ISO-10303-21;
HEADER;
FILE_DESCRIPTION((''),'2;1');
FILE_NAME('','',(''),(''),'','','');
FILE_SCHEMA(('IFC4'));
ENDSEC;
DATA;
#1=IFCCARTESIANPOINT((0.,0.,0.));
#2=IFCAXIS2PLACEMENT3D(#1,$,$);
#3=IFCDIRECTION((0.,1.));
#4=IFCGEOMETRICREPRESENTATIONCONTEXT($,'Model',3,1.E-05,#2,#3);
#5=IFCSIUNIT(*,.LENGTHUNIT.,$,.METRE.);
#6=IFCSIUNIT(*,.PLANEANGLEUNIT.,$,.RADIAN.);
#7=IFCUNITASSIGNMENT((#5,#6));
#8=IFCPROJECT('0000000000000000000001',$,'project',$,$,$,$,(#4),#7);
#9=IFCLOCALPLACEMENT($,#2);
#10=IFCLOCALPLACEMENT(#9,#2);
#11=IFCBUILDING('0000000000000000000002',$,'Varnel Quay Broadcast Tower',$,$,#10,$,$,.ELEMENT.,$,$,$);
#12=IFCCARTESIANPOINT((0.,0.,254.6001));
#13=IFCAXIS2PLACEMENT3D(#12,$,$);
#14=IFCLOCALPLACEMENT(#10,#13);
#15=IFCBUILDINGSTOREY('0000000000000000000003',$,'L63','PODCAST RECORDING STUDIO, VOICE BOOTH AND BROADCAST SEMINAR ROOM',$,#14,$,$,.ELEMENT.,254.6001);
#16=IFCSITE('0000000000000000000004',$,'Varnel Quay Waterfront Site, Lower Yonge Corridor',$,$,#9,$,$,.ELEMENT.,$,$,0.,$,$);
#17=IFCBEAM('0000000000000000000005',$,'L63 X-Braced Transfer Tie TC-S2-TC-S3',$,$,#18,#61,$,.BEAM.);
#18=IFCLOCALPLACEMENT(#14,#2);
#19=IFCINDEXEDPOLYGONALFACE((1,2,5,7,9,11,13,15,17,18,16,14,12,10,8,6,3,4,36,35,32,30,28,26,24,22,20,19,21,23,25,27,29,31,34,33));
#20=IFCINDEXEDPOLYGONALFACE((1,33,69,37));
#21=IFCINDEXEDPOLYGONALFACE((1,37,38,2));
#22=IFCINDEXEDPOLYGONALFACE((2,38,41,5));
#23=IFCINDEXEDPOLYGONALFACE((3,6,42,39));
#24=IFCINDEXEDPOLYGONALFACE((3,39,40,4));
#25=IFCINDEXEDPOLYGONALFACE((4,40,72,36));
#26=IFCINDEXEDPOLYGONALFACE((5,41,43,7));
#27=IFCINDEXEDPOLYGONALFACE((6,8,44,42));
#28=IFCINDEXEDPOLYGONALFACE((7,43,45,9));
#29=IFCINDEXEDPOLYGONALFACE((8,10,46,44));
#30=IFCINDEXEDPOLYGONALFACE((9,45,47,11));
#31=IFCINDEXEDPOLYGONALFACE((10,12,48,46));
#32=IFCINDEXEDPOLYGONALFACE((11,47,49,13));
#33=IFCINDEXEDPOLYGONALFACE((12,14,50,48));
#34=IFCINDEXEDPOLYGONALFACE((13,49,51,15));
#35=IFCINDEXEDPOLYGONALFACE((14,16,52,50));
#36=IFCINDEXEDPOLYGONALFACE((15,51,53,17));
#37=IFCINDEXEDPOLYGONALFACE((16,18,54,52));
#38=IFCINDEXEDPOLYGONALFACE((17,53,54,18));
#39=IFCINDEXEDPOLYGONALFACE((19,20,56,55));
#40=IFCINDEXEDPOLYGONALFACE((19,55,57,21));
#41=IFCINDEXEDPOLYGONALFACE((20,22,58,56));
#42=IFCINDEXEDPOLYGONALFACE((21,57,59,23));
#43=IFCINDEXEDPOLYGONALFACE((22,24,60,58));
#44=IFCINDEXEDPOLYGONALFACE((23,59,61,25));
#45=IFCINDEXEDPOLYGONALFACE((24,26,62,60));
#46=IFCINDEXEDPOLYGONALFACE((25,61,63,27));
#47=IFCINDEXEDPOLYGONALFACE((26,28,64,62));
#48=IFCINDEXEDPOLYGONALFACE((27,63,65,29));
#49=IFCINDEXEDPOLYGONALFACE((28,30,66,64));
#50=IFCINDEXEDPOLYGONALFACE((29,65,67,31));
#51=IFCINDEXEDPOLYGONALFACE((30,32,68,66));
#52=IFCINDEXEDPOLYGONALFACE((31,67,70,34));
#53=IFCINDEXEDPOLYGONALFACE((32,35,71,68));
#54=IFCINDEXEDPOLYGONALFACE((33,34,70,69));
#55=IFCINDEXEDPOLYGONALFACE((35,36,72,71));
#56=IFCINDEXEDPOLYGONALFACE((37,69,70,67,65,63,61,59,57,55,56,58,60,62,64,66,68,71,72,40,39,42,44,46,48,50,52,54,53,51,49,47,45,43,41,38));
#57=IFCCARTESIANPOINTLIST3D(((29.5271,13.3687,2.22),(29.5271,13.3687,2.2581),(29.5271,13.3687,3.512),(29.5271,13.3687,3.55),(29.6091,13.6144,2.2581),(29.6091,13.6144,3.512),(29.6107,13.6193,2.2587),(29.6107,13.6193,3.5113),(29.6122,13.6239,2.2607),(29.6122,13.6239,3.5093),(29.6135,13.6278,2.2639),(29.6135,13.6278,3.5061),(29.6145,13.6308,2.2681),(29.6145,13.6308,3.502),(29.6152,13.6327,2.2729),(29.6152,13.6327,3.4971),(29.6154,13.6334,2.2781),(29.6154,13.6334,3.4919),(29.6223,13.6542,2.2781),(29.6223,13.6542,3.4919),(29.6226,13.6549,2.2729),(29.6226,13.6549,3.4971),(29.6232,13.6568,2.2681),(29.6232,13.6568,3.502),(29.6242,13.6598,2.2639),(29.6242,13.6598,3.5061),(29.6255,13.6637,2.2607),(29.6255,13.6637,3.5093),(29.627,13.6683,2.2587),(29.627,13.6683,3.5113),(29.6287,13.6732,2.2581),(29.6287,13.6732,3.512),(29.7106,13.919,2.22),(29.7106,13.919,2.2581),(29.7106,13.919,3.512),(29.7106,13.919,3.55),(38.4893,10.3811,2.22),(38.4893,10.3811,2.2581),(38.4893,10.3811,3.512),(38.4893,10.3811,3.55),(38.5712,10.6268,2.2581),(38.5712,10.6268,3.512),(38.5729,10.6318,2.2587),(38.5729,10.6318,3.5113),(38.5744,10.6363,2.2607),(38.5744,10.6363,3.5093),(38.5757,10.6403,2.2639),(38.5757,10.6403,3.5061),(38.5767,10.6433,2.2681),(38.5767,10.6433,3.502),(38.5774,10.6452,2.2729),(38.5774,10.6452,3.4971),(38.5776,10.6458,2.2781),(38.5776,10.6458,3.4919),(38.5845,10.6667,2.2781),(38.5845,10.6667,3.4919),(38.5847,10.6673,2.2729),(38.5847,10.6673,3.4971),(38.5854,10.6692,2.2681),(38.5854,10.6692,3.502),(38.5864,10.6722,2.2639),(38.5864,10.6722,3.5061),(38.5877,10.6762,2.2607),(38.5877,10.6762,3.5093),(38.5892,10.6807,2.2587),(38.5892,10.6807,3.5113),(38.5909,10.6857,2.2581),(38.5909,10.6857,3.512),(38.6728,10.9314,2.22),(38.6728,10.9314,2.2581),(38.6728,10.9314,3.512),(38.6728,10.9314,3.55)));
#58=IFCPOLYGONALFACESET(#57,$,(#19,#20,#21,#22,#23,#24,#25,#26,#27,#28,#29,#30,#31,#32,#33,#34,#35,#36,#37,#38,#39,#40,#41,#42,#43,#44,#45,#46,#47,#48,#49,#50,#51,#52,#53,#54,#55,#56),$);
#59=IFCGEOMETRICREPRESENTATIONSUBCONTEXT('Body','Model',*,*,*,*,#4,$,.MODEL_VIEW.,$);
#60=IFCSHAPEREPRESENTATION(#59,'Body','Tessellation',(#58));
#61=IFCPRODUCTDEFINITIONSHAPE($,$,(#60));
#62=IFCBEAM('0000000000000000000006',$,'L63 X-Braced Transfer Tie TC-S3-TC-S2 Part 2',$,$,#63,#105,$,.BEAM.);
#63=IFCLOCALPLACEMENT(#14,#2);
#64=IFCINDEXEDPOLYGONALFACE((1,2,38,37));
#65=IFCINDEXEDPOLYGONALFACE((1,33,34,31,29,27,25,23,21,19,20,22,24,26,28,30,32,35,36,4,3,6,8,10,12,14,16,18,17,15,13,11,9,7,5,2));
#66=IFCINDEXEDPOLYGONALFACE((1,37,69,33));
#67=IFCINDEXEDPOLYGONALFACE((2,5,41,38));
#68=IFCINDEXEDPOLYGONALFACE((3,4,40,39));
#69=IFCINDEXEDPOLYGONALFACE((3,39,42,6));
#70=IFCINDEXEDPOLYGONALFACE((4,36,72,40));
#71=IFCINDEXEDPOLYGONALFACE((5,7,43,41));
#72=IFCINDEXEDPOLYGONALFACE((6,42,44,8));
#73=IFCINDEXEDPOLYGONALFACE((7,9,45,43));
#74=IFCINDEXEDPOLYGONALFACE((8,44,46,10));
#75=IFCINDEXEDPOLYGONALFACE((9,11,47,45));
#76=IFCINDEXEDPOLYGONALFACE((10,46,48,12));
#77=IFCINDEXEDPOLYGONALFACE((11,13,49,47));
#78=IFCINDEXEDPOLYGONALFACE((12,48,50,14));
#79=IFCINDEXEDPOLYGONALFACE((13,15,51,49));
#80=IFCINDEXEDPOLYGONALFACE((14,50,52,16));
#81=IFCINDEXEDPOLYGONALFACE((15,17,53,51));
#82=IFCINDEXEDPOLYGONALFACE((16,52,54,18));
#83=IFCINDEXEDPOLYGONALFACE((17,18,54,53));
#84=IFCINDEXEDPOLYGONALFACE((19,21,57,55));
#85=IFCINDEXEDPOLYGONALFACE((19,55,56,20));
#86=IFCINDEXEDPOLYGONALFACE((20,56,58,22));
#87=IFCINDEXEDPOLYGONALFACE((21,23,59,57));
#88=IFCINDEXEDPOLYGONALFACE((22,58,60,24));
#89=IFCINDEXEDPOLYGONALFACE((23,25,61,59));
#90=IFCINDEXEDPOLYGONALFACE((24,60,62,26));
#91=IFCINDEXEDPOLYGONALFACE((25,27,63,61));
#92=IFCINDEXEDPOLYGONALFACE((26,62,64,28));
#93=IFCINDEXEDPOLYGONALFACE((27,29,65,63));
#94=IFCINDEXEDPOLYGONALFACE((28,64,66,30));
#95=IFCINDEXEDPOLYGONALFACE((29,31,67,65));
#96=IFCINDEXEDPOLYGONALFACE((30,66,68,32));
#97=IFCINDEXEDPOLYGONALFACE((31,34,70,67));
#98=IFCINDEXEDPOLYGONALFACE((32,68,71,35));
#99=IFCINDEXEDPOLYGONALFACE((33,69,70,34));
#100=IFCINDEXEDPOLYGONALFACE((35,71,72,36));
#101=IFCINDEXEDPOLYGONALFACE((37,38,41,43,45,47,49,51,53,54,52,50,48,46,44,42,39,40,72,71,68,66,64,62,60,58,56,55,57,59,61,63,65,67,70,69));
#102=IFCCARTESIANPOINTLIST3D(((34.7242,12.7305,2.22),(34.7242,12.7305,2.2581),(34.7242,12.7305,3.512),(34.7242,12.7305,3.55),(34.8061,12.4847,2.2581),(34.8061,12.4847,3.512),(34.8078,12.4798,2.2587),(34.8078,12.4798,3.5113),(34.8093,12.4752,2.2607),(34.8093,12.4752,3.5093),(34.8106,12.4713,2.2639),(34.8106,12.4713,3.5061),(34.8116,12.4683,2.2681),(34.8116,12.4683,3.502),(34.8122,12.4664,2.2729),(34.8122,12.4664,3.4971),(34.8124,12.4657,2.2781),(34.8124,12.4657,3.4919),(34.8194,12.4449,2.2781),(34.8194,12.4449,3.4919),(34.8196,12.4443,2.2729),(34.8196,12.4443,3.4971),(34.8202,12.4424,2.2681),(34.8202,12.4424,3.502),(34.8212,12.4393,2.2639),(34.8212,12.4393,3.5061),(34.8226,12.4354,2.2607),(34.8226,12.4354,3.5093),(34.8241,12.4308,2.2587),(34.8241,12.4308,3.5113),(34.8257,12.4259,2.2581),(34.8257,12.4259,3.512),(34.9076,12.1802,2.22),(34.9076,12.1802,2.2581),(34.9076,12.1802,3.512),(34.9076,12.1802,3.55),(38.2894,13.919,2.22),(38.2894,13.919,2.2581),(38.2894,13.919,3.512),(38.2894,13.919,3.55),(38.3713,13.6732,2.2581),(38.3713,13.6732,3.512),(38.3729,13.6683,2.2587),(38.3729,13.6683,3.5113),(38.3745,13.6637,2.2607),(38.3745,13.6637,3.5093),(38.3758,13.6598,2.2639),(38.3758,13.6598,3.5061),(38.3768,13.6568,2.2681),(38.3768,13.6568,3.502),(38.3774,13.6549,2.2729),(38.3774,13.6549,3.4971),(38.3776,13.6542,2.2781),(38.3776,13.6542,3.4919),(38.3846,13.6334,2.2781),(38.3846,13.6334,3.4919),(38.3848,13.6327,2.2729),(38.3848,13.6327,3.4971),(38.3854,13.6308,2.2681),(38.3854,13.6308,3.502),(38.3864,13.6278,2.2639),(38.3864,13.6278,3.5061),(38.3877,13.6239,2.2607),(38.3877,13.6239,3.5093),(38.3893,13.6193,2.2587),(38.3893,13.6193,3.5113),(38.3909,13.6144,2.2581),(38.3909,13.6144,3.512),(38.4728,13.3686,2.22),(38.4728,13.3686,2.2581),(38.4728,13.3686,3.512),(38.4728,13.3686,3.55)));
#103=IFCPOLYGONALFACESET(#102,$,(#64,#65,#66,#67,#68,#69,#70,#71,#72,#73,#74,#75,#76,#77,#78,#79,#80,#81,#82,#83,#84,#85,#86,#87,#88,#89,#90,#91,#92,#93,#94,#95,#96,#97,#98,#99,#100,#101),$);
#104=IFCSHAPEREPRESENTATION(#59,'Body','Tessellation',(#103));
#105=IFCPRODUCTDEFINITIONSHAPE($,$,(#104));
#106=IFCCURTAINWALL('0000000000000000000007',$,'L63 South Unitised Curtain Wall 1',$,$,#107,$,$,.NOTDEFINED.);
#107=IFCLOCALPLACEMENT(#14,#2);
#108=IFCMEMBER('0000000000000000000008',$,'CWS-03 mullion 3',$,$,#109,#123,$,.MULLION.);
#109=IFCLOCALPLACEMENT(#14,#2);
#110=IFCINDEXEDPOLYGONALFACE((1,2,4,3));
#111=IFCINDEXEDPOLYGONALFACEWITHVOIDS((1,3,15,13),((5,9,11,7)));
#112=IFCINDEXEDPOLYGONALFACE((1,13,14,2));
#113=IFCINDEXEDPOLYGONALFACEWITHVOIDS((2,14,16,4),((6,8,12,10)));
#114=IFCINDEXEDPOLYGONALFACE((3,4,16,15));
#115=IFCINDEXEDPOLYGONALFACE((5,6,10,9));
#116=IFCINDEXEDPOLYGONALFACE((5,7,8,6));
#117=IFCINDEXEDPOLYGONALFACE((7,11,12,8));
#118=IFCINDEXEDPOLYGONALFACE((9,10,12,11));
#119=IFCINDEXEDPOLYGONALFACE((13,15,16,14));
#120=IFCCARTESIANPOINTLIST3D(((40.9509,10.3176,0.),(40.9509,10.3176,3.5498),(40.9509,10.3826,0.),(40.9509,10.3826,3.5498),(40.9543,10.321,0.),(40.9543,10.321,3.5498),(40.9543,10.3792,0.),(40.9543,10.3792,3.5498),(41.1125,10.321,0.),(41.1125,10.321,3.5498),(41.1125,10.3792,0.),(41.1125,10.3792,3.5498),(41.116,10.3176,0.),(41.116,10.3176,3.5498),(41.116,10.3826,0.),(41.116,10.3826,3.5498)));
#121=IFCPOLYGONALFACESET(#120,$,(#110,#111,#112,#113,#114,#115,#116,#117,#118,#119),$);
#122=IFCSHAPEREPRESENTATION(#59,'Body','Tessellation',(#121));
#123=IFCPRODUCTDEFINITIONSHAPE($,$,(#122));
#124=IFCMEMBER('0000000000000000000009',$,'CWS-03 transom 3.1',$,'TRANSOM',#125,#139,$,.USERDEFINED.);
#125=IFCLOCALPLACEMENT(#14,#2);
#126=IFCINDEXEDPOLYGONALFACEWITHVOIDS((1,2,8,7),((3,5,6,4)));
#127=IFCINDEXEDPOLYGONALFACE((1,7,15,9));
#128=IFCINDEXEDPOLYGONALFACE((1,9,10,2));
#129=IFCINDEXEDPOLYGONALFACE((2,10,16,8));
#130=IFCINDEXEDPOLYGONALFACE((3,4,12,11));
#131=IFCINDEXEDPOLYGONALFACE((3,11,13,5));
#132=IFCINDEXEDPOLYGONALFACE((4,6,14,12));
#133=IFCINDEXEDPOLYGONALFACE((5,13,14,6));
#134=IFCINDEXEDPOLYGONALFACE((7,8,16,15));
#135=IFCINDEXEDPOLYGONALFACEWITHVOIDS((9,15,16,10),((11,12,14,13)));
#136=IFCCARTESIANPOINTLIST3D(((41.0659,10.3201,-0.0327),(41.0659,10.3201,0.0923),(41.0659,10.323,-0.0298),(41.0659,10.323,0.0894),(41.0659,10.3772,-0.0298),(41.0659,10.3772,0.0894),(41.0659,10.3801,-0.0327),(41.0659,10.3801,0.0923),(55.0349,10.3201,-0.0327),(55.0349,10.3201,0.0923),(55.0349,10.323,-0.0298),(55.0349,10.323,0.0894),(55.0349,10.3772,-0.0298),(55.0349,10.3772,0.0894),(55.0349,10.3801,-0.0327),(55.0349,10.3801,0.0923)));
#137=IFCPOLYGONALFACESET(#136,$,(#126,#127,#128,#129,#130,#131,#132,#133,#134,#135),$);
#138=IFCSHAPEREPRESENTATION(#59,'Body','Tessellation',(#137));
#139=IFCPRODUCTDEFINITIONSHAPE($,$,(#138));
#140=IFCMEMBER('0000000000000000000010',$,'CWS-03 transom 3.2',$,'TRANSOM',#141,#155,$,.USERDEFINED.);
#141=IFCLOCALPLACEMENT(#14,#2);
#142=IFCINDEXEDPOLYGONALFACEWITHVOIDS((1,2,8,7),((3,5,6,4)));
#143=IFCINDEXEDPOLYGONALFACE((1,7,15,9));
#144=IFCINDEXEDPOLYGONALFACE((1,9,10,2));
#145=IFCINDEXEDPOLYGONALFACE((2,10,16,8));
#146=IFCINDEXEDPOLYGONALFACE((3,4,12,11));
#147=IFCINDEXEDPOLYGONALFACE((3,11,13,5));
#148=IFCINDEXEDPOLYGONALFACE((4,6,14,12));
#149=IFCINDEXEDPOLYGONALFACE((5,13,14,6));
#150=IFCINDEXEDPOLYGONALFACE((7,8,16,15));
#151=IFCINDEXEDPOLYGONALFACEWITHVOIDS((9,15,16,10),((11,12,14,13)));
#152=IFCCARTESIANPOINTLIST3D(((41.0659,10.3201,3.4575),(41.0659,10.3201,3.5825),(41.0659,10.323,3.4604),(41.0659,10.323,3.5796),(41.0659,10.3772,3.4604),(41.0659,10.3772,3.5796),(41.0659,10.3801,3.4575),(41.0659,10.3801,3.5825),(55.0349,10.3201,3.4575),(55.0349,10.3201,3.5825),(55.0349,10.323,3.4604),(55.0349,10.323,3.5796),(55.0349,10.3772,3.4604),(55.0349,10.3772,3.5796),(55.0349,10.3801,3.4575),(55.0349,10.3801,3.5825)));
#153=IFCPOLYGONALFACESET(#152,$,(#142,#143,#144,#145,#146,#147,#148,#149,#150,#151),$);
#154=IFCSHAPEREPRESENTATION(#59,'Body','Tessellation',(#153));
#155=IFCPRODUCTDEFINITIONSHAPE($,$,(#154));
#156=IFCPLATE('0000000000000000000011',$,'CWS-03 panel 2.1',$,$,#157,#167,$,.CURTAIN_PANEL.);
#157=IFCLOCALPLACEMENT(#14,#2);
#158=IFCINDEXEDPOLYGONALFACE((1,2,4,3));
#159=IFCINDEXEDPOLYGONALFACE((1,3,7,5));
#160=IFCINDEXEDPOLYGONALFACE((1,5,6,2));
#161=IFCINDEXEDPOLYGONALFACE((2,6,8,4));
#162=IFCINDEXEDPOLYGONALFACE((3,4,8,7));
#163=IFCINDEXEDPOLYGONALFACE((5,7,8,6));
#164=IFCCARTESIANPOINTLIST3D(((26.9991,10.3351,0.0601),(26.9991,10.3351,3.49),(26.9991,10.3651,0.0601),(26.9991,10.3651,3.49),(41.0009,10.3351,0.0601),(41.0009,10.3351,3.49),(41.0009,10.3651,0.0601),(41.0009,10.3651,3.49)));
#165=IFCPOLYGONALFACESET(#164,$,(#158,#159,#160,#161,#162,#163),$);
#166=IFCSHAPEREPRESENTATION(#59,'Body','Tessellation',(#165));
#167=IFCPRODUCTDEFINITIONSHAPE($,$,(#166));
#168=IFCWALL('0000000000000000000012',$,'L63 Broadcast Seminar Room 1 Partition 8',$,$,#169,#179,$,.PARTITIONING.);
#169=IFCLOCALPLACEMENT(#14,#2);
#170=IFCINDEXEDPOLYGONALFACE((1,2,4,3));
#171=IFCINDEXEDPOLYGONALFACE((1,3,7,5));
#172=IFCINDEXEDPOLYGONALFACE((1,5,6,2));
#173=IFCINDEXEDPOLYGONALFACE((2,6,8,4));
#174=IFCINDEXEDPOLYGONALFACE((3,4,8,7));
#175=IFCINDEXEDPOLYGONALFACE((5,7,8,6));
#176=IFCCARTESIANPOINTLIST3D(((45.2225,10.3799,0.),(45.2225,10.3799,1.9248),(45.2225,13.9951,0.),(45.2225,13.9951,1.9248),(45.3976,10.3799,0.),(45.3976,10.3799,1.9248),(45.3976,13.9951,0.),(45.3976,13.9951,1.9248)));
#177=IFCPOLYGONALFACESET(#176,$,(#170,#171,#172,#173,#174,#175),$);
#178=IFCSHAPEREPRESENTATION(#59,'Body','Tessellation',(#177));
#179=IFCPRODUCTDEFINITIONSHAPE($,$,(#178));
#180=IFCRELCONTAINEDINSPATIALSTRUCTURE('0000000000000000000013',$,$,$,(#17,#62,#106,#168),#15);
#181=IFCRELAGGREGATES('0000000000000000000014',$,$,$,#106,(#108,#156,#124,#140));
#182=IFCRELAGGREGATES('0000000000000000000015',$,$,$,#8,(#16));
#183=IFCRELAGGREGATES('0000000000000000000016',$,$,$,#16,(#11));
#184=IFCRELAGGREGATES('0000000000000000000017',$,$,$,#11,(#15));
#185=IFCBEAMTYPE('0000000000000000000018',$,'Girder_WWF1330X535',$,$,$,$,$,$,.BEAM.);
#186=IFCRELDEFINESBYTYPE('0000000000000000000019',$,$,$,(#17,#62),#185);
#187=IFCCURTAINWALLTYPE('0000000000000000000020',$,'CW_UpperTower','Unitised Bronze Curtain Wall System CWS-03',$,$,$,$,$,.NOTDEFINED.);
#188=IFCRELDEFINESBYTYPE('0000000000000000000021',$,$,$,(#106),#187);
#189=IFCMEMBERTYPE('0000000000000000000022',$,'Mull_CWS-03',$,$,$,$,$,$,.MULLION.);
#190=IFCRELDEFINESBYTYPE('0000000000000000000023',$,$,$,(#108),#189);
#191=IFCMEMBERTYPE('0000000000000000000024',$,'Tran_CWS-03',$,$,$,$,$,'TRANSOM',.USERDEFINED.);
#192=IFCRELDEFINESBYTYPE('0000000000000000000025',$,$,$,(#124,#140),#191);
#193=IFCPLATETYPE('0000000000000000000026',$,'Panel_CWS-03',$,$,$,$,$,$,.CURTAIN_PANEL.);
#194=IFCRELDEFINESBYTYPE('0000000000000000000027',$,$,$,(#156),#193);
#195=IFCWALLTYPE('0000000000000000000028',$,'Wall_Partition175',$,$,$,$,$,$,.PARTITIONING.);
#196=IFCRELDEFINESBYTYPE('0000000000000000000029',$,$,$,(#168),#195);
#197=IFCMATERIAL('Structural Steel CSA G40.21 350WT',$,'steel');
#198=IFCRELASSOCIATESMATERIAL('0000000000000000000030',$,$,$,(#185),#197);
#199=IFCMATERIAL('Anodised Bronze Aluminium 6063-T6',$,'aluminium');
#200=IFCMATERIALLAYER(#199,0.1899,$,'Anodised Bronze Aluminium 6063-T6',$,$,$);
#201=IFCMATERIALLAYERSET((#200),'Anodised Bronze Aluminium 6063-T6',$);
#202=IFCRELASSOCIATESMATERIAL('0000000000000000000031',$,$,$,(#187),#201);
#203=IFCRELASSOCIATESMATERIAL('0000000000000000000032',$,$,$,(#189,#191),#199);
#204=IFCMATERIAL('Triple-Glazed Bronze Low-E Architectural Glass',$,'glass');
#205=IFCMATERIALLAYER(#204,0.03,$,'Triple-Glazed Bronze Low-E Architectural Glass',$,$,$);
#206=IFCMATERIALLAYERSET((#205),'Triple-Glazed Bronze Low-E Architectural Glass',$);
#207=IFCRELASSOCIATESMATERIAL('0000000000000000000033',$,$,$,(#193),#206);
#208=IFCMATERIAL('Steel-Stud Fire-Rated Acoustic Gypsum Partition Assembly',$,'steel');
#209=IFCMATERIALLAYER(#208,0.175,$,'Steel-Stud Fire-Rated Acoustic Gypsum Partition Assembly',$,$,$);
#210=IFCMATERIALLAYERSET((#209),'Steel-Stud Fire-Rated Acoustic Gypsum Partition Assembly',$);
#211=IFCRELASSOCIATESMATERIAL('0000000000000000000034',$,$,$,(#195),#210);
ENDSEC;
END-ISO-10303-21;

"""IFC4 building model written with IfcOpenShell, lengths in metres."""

from ifc_helpers import new_model, si_unit, direction, frame, frame_2d, origin, origin_2d, place, context, subcontext, project, spatial, rectangle, hollow_rectangle, i_section, extrude, source, transform, mapped, material, layer, layer_set, material_profile, profile_set, type_object, type_shapes, element, aggregate, save


model = new_model("IFC4")

# Units and contexts
model_context = context("Model", 3, precision=1e-05, world=origin(), true_north=direction((0.0, 1.0)))
body_context = subcontext(model_context, "Body", "Model", "MODEL_VIEW")
ifc_project = project(units=[si_unit("LENGTHUNIT", "METRE"), si_unit("PLANEANGLEUNIT", "RADIAN")], contexts=[model_context])

# Site, building, storey
site_placement = place(None, origin())
site = spatial("IfcSite", under=ifc_project, at=site_placement, Name="Varnel Quay Waterfront Site, Lower Yonge Corridor", CompositionType="ELEMENT", RefElevation=0.0)
building_placement = place(site_placement, origin())
building = spatial("IfcBuilding", under=site, at=building_placement, Name="Varnel Quay Broadcast Tower", CompositionType="ELEMENT")
storey_placement = place(building_placement, frame((0.0, 0.0, 254.6001)))
storey = spatial("IfcBuildingStorey", under=building, at=storey_placement, Name="L63", Description="PODCAST RECORDING STUDIO, VOICE BOOTH AND BROADCAST SEMINAR ROOM", CompositionType="ELEMENT", Elevation=254.6001)

# Beams
ifc_material_1 = material(Name="Structural Steel CSA G40.21 350WT", Category="steel")
ifc_material_profile_1 = material_profile(ifc_material_1, i_section(OverallWidth=0.5801, OverallDepth=1.3301, WebThickness=0.022, FlangeThickness=0.0381, FilletRadius=0.02, at=origin_2d()), Name="WWF1330X535")
ifc_profile_set_1 = profile_set([ifc_material_profile_1], Name="Structural Steel CSA G40.21 350WT")
beam_type_1 = type_object("IfcBeamType", Name="Girder_WWF1330X535", PredefinedType="BEAM", material=ifc_profile_set_1)
shared_shape_1 = source(origin(), body_context, "Body", "SweptSolid", [
    extrude(i_section(OverallWidth=0.5801, OverallDepth=1.3301, WebThickness=0.022, FlangeThickness=0.0381, FilletRadius=0.02, at=origin_2d()), origin(), (0.0, 0.0, 1.0), 9.447),
])
beam_1_placement = place(storey_placement, frame((38.5811, 10.6562, 2.885), z_axis=(-0.948678, 0.316243, 0.0), x_axis=(-0.316243, -0.948678, 0.0)))
element("IfcBeam", 1, at=beam_1_placement, inside=storey, type_object=beam_type_1, Name="L63 X-Braced Transfer Tie TC-S2-TC-S3", PredefinedType="BEAM", context=body_context, shape_type="MappedRepresentation", body=[
    mapped(shared_shape_1, transform((0.0, 0.0, 0.0), x_axis=(1.0, 0.0, 0.0), y_axis=(0.0, 1.0, 0.0), z_axis=(0.0, 0.0, 1.0), scale=1.0)),
])
shared_shape_2 = source(origin(), body_context, "Body", "SweptSolid", [
    extrude(i_section(OverallWidth=0.5801, OverallDepth=1.3301, WebThickness=0.022, FlangeThickness=0.0381, FilletRadius=0.02, at=origin_2d()), origin(), (0.0, 0.0, 1.0), 3.7581),
])
beam_2_placement = place(storey_placement, frame((34.8159, 12.4553, 2.885), z_axis=(0.948677, 0.316247, 0.0), x_axis=(-0.316247, 0.948677, 0.0)))
element("IfcBeam", 2, at=beam_2_placement, inside=storey, type_object=beam_type_1, Name="L63 X-Braced Transfer Tie TC-S3-TC-S2 Part 2", PredefinedType="BEAM", context=body_context, shape_type="MappedRepresentation", body=[
    mapped(shared_shape_2, transform((0.0, 0.0, 0.0), x_axis=(1.0, 0.0, 0.0), y_axis=(0.0, 1.0, 0.0), z_axis=(0.0, 0.0, 1.0), scale=1.0)),
])

# Curtain wall, members, plate
ifc_material_2 = material(Name="Anodised Bronze Aluminium 6063-T6", Category="aluminium")
ifc_layer_1 = layer(ifc_material_2, 0.1899, Name="Anodised Bronze Aluminium 6063-T6")
ifc_layer_set_1 = layer_set([ifc_layer_1], Name="Anodised Bronze Aluminium 6063-T6")
curtain_wall_type = type_object("IfcCurtainWallType", Name="CW_UpperTower", Description="Unitised Bronze Curtain Wall System CWS-03", PredefinedType="NOTDEFINED", material=ifc_layer_set_1)
curtain_wall_placement = place(storey_placement, origin())
curtain_wall = element("IfcCurtainWall", 3, at=curtain_wall_placement, inside=storey, type_object=curtain_wall_type, Name="L63 South Unitised Curtain Wall 1", PredefinedType="NOTDEFINED")
ifc_material_profile_2 = material_profile(ifc_material_2, hollow_rectangle(XDim=0.0649, YDim=0.165, WallThickness=0.0034, at=origin_2d()), Name="ALU65X165X3.5")
ifc_profile_set_2 = profile_set([ifc_material_profile_2], Name="Anodised Bronze Aluminium 6063-T6")
member_type_1 = type_object("IfcMemberType", Name="Mull_CWS-03", PredefinedType="MULLION", material=ifc_profile_set_2)
shared_shape_3 = source(origin(), body_context, "Body", "SweptSolid", [
    extrude(hollow_rectangle(XDim=0.0649, YDim=0.165, WallThickness=0.0034, at=origin_2d()), origin(), (0.0, 0.0, 1.0), 3.5498),
])
type_shapes(member_type_1, [shared_shape_3])
member_1_placement = place(storey_placement, frame((41.0334, 10.3501, 0.0), z_axis=(0.0, 0.0, 1.0), x_axis=(0.0, 1.0, 0.0)))
member_1 = element("IfcMember", 4, at=member_1_placement, type_object=member_type_1, Name="CWS-03 mullion 3", PredefinedType="MULLION", context=body_context, shape_type="MappedRepresentation", body=[
    mapped(shared_shape_3, transform((0.0, 0.0, 0.0), x_axis=(1.0, 0.0, 0.0), y_axis=(0.0, 1.0, 0.0), z_axis=(0.0, 0.0, 1.0), scale=1.0)),
])
ifc_material_profile_3 = material_profile(ifc_material_2, hollow_rectangle(XDim=0.0601, YDim=0.125, WallThickness=0.0029, at=origin_2d()), Name="ALU60X125X3")
ifc_profile_set_3 = profile_set([ifc_material_profile_3], Name="Anodised Bronze Aluminium 6063-T6")
member_type_2 = type_object("IfcMemberType", Name="Tran_CWS-03", ElementType="TRANSOM", PredefinedType="USERDEFINED", material=ifc_profile_set_3)
shared_shape_4 = source(origin(), body_context, "Body", "SweptSolid", [
    extrude(hollow_rectangle(XDim=0.0601, YDim=0.125, WallThickness=0.0029, at=origin_2d()), origin(), (0.0, 0.0, 1.0), 13.969),
])
type_shapes(member_type_2, [shared_shape_4])
member_2_placement = place(storey_placement, frame((41.0659, 10.3501, 0.0298), z_axis=(1.0, 0.0, 0.0), x_axis=(0.0, 1.0, 0.0)))
member_2 = element("IfcMember", 5, at=member_2_placement, type_object=member_type_2, Name="CWS-03 transom 3.1", ObjectType="TRANSOM", PredefinedType="USERDEFINED", context=body_context, shape_type="MappedRepresentation", body=[
    mapped(shared_shape_4, transform((0.0, 0.0, 0.0), x_axis=(1.0, 0.0, 0.0), y_axis=(0.0, 1.0, 0.0), z_axis=(0.0, 0.0, 1.0), scale=1.0)),
])
member_3_placement = place(storey_placement, frame((41.0659, 10.3501, 3.52), z_axis=(1.0, 0.0, 0.0), x_axis=(0.0, 1.0, 0.0)))
member_3 = element("IfcMember", 6, at=member_3_placement, type_object=member_type_2, Name="CWS-03 transom 3.2", ObjectType="TRANSOM", PredefinedType="USERDEFINED", context=body_context, shape_type="MappedRepresentation", body=[
    mapped(shared_shape_4, transform((0.0, 0.0, 0.0), x_axis=(1.0, 0.0, 0.0), y_axis=(0.0, 1.0, 0.0), z_axis=(0.0, 0.0, 1.0), scale=1.0)),
])
ifc_material_3 = material(Name="Triple-Glazed Bronze Low-E Architectural Glass", Category="glass")
ifc_layer_2 = layer(ifc_material_3, 0.03, Name="Triple-Glazed Bronze Low-E Architectural Glass")
ifc_layer_set_2 = layer_set([ifc_layer_2], Name="Triple-Glazed Bronze Low-E Architectural Glass")
plate_type = type_object("IfcPlateType", Name="Panel_CWS-03", PredefinedType="CURTAIN_PANEL", material=ifc_layer_set_2)
shared_shape_5 = source(origin(), body_context, "Body", "SweptSolid", [
    extrude(rectangle(XDim=14.0017, YDim=0.03, at=origin_2d()), origin(), (0.0, 0.0, 1.0), 3.4299),
])
type_shapes(plate_type, [shared_shape_5])
plate_placement = place(storey_placement, frame((34.0, 10.3501, 0.0601), z_axis=(0.0, 0.0, 1.0), x_axis=(1.0, 0.0, 0.0)))
plate = element("IfcPlate", 7, at=plate_placement, type_object=plate_type, Name="CWS-03 panel 2.1", PredefinedType="CURTAIN_PANEL", context=body_context, shape_type="MappedRepresentation", body=[
    mapped(shared_shape_5, transform((0.0, 0.0, 0.0), x_axis=(1.0, 0.0, 0.0), y_axis=(0.0, 1.0, 0.0), z_axis=(0.0, 0.0, 1.0), scale=1.0)),
])
aggregate(curtain_wall, [member_1, plate, member_2, member_3])

# Wall
ifc_material_4 = material(Name="Steel-Stud Fire-Rated Acoustic Gypsum Partition Assembly", Category="steel")
ifc_layer_3 = layer(ifc_material_4, 0.175, Name="Steel-Stud Fire-Rated Acoustic Gypsum Partition Assembly")
ifc_layer_set_3 = layer_set([ifc_layer_3], Name="Steel-Stud Fire-Rated Acoustic Gypsum Partition Assembly")
wall_type = type_object("IfcWallType", Name="Wall_Partition175", PredefinedType="PARTITIONING", material=ifc_layer_set_3)
wall_placement = place(storey_placement, frame((45.3101, 10.3799, 0.0), z_axis=(0.0, 0.0, 1.0), x_axis=(0.0, 1.0, 0.0)))
element("IfcWall", 8, at=wall_placement, inside=storey, type_object=wall_type, Name="L63 Broadcast Seminar Room 1 Partition 8", PredefinedType="PARTITIONING", context=body_context, shape_type="SweptSolid", body=[
    extrude(rectangle(XDim=3.6152, YDim=0.175, at=frame_2d((1.8076, 0.0))), origin(), (0.0, 0.0, 1.0), 1.9248),
])

save(model, "model.ifc")
